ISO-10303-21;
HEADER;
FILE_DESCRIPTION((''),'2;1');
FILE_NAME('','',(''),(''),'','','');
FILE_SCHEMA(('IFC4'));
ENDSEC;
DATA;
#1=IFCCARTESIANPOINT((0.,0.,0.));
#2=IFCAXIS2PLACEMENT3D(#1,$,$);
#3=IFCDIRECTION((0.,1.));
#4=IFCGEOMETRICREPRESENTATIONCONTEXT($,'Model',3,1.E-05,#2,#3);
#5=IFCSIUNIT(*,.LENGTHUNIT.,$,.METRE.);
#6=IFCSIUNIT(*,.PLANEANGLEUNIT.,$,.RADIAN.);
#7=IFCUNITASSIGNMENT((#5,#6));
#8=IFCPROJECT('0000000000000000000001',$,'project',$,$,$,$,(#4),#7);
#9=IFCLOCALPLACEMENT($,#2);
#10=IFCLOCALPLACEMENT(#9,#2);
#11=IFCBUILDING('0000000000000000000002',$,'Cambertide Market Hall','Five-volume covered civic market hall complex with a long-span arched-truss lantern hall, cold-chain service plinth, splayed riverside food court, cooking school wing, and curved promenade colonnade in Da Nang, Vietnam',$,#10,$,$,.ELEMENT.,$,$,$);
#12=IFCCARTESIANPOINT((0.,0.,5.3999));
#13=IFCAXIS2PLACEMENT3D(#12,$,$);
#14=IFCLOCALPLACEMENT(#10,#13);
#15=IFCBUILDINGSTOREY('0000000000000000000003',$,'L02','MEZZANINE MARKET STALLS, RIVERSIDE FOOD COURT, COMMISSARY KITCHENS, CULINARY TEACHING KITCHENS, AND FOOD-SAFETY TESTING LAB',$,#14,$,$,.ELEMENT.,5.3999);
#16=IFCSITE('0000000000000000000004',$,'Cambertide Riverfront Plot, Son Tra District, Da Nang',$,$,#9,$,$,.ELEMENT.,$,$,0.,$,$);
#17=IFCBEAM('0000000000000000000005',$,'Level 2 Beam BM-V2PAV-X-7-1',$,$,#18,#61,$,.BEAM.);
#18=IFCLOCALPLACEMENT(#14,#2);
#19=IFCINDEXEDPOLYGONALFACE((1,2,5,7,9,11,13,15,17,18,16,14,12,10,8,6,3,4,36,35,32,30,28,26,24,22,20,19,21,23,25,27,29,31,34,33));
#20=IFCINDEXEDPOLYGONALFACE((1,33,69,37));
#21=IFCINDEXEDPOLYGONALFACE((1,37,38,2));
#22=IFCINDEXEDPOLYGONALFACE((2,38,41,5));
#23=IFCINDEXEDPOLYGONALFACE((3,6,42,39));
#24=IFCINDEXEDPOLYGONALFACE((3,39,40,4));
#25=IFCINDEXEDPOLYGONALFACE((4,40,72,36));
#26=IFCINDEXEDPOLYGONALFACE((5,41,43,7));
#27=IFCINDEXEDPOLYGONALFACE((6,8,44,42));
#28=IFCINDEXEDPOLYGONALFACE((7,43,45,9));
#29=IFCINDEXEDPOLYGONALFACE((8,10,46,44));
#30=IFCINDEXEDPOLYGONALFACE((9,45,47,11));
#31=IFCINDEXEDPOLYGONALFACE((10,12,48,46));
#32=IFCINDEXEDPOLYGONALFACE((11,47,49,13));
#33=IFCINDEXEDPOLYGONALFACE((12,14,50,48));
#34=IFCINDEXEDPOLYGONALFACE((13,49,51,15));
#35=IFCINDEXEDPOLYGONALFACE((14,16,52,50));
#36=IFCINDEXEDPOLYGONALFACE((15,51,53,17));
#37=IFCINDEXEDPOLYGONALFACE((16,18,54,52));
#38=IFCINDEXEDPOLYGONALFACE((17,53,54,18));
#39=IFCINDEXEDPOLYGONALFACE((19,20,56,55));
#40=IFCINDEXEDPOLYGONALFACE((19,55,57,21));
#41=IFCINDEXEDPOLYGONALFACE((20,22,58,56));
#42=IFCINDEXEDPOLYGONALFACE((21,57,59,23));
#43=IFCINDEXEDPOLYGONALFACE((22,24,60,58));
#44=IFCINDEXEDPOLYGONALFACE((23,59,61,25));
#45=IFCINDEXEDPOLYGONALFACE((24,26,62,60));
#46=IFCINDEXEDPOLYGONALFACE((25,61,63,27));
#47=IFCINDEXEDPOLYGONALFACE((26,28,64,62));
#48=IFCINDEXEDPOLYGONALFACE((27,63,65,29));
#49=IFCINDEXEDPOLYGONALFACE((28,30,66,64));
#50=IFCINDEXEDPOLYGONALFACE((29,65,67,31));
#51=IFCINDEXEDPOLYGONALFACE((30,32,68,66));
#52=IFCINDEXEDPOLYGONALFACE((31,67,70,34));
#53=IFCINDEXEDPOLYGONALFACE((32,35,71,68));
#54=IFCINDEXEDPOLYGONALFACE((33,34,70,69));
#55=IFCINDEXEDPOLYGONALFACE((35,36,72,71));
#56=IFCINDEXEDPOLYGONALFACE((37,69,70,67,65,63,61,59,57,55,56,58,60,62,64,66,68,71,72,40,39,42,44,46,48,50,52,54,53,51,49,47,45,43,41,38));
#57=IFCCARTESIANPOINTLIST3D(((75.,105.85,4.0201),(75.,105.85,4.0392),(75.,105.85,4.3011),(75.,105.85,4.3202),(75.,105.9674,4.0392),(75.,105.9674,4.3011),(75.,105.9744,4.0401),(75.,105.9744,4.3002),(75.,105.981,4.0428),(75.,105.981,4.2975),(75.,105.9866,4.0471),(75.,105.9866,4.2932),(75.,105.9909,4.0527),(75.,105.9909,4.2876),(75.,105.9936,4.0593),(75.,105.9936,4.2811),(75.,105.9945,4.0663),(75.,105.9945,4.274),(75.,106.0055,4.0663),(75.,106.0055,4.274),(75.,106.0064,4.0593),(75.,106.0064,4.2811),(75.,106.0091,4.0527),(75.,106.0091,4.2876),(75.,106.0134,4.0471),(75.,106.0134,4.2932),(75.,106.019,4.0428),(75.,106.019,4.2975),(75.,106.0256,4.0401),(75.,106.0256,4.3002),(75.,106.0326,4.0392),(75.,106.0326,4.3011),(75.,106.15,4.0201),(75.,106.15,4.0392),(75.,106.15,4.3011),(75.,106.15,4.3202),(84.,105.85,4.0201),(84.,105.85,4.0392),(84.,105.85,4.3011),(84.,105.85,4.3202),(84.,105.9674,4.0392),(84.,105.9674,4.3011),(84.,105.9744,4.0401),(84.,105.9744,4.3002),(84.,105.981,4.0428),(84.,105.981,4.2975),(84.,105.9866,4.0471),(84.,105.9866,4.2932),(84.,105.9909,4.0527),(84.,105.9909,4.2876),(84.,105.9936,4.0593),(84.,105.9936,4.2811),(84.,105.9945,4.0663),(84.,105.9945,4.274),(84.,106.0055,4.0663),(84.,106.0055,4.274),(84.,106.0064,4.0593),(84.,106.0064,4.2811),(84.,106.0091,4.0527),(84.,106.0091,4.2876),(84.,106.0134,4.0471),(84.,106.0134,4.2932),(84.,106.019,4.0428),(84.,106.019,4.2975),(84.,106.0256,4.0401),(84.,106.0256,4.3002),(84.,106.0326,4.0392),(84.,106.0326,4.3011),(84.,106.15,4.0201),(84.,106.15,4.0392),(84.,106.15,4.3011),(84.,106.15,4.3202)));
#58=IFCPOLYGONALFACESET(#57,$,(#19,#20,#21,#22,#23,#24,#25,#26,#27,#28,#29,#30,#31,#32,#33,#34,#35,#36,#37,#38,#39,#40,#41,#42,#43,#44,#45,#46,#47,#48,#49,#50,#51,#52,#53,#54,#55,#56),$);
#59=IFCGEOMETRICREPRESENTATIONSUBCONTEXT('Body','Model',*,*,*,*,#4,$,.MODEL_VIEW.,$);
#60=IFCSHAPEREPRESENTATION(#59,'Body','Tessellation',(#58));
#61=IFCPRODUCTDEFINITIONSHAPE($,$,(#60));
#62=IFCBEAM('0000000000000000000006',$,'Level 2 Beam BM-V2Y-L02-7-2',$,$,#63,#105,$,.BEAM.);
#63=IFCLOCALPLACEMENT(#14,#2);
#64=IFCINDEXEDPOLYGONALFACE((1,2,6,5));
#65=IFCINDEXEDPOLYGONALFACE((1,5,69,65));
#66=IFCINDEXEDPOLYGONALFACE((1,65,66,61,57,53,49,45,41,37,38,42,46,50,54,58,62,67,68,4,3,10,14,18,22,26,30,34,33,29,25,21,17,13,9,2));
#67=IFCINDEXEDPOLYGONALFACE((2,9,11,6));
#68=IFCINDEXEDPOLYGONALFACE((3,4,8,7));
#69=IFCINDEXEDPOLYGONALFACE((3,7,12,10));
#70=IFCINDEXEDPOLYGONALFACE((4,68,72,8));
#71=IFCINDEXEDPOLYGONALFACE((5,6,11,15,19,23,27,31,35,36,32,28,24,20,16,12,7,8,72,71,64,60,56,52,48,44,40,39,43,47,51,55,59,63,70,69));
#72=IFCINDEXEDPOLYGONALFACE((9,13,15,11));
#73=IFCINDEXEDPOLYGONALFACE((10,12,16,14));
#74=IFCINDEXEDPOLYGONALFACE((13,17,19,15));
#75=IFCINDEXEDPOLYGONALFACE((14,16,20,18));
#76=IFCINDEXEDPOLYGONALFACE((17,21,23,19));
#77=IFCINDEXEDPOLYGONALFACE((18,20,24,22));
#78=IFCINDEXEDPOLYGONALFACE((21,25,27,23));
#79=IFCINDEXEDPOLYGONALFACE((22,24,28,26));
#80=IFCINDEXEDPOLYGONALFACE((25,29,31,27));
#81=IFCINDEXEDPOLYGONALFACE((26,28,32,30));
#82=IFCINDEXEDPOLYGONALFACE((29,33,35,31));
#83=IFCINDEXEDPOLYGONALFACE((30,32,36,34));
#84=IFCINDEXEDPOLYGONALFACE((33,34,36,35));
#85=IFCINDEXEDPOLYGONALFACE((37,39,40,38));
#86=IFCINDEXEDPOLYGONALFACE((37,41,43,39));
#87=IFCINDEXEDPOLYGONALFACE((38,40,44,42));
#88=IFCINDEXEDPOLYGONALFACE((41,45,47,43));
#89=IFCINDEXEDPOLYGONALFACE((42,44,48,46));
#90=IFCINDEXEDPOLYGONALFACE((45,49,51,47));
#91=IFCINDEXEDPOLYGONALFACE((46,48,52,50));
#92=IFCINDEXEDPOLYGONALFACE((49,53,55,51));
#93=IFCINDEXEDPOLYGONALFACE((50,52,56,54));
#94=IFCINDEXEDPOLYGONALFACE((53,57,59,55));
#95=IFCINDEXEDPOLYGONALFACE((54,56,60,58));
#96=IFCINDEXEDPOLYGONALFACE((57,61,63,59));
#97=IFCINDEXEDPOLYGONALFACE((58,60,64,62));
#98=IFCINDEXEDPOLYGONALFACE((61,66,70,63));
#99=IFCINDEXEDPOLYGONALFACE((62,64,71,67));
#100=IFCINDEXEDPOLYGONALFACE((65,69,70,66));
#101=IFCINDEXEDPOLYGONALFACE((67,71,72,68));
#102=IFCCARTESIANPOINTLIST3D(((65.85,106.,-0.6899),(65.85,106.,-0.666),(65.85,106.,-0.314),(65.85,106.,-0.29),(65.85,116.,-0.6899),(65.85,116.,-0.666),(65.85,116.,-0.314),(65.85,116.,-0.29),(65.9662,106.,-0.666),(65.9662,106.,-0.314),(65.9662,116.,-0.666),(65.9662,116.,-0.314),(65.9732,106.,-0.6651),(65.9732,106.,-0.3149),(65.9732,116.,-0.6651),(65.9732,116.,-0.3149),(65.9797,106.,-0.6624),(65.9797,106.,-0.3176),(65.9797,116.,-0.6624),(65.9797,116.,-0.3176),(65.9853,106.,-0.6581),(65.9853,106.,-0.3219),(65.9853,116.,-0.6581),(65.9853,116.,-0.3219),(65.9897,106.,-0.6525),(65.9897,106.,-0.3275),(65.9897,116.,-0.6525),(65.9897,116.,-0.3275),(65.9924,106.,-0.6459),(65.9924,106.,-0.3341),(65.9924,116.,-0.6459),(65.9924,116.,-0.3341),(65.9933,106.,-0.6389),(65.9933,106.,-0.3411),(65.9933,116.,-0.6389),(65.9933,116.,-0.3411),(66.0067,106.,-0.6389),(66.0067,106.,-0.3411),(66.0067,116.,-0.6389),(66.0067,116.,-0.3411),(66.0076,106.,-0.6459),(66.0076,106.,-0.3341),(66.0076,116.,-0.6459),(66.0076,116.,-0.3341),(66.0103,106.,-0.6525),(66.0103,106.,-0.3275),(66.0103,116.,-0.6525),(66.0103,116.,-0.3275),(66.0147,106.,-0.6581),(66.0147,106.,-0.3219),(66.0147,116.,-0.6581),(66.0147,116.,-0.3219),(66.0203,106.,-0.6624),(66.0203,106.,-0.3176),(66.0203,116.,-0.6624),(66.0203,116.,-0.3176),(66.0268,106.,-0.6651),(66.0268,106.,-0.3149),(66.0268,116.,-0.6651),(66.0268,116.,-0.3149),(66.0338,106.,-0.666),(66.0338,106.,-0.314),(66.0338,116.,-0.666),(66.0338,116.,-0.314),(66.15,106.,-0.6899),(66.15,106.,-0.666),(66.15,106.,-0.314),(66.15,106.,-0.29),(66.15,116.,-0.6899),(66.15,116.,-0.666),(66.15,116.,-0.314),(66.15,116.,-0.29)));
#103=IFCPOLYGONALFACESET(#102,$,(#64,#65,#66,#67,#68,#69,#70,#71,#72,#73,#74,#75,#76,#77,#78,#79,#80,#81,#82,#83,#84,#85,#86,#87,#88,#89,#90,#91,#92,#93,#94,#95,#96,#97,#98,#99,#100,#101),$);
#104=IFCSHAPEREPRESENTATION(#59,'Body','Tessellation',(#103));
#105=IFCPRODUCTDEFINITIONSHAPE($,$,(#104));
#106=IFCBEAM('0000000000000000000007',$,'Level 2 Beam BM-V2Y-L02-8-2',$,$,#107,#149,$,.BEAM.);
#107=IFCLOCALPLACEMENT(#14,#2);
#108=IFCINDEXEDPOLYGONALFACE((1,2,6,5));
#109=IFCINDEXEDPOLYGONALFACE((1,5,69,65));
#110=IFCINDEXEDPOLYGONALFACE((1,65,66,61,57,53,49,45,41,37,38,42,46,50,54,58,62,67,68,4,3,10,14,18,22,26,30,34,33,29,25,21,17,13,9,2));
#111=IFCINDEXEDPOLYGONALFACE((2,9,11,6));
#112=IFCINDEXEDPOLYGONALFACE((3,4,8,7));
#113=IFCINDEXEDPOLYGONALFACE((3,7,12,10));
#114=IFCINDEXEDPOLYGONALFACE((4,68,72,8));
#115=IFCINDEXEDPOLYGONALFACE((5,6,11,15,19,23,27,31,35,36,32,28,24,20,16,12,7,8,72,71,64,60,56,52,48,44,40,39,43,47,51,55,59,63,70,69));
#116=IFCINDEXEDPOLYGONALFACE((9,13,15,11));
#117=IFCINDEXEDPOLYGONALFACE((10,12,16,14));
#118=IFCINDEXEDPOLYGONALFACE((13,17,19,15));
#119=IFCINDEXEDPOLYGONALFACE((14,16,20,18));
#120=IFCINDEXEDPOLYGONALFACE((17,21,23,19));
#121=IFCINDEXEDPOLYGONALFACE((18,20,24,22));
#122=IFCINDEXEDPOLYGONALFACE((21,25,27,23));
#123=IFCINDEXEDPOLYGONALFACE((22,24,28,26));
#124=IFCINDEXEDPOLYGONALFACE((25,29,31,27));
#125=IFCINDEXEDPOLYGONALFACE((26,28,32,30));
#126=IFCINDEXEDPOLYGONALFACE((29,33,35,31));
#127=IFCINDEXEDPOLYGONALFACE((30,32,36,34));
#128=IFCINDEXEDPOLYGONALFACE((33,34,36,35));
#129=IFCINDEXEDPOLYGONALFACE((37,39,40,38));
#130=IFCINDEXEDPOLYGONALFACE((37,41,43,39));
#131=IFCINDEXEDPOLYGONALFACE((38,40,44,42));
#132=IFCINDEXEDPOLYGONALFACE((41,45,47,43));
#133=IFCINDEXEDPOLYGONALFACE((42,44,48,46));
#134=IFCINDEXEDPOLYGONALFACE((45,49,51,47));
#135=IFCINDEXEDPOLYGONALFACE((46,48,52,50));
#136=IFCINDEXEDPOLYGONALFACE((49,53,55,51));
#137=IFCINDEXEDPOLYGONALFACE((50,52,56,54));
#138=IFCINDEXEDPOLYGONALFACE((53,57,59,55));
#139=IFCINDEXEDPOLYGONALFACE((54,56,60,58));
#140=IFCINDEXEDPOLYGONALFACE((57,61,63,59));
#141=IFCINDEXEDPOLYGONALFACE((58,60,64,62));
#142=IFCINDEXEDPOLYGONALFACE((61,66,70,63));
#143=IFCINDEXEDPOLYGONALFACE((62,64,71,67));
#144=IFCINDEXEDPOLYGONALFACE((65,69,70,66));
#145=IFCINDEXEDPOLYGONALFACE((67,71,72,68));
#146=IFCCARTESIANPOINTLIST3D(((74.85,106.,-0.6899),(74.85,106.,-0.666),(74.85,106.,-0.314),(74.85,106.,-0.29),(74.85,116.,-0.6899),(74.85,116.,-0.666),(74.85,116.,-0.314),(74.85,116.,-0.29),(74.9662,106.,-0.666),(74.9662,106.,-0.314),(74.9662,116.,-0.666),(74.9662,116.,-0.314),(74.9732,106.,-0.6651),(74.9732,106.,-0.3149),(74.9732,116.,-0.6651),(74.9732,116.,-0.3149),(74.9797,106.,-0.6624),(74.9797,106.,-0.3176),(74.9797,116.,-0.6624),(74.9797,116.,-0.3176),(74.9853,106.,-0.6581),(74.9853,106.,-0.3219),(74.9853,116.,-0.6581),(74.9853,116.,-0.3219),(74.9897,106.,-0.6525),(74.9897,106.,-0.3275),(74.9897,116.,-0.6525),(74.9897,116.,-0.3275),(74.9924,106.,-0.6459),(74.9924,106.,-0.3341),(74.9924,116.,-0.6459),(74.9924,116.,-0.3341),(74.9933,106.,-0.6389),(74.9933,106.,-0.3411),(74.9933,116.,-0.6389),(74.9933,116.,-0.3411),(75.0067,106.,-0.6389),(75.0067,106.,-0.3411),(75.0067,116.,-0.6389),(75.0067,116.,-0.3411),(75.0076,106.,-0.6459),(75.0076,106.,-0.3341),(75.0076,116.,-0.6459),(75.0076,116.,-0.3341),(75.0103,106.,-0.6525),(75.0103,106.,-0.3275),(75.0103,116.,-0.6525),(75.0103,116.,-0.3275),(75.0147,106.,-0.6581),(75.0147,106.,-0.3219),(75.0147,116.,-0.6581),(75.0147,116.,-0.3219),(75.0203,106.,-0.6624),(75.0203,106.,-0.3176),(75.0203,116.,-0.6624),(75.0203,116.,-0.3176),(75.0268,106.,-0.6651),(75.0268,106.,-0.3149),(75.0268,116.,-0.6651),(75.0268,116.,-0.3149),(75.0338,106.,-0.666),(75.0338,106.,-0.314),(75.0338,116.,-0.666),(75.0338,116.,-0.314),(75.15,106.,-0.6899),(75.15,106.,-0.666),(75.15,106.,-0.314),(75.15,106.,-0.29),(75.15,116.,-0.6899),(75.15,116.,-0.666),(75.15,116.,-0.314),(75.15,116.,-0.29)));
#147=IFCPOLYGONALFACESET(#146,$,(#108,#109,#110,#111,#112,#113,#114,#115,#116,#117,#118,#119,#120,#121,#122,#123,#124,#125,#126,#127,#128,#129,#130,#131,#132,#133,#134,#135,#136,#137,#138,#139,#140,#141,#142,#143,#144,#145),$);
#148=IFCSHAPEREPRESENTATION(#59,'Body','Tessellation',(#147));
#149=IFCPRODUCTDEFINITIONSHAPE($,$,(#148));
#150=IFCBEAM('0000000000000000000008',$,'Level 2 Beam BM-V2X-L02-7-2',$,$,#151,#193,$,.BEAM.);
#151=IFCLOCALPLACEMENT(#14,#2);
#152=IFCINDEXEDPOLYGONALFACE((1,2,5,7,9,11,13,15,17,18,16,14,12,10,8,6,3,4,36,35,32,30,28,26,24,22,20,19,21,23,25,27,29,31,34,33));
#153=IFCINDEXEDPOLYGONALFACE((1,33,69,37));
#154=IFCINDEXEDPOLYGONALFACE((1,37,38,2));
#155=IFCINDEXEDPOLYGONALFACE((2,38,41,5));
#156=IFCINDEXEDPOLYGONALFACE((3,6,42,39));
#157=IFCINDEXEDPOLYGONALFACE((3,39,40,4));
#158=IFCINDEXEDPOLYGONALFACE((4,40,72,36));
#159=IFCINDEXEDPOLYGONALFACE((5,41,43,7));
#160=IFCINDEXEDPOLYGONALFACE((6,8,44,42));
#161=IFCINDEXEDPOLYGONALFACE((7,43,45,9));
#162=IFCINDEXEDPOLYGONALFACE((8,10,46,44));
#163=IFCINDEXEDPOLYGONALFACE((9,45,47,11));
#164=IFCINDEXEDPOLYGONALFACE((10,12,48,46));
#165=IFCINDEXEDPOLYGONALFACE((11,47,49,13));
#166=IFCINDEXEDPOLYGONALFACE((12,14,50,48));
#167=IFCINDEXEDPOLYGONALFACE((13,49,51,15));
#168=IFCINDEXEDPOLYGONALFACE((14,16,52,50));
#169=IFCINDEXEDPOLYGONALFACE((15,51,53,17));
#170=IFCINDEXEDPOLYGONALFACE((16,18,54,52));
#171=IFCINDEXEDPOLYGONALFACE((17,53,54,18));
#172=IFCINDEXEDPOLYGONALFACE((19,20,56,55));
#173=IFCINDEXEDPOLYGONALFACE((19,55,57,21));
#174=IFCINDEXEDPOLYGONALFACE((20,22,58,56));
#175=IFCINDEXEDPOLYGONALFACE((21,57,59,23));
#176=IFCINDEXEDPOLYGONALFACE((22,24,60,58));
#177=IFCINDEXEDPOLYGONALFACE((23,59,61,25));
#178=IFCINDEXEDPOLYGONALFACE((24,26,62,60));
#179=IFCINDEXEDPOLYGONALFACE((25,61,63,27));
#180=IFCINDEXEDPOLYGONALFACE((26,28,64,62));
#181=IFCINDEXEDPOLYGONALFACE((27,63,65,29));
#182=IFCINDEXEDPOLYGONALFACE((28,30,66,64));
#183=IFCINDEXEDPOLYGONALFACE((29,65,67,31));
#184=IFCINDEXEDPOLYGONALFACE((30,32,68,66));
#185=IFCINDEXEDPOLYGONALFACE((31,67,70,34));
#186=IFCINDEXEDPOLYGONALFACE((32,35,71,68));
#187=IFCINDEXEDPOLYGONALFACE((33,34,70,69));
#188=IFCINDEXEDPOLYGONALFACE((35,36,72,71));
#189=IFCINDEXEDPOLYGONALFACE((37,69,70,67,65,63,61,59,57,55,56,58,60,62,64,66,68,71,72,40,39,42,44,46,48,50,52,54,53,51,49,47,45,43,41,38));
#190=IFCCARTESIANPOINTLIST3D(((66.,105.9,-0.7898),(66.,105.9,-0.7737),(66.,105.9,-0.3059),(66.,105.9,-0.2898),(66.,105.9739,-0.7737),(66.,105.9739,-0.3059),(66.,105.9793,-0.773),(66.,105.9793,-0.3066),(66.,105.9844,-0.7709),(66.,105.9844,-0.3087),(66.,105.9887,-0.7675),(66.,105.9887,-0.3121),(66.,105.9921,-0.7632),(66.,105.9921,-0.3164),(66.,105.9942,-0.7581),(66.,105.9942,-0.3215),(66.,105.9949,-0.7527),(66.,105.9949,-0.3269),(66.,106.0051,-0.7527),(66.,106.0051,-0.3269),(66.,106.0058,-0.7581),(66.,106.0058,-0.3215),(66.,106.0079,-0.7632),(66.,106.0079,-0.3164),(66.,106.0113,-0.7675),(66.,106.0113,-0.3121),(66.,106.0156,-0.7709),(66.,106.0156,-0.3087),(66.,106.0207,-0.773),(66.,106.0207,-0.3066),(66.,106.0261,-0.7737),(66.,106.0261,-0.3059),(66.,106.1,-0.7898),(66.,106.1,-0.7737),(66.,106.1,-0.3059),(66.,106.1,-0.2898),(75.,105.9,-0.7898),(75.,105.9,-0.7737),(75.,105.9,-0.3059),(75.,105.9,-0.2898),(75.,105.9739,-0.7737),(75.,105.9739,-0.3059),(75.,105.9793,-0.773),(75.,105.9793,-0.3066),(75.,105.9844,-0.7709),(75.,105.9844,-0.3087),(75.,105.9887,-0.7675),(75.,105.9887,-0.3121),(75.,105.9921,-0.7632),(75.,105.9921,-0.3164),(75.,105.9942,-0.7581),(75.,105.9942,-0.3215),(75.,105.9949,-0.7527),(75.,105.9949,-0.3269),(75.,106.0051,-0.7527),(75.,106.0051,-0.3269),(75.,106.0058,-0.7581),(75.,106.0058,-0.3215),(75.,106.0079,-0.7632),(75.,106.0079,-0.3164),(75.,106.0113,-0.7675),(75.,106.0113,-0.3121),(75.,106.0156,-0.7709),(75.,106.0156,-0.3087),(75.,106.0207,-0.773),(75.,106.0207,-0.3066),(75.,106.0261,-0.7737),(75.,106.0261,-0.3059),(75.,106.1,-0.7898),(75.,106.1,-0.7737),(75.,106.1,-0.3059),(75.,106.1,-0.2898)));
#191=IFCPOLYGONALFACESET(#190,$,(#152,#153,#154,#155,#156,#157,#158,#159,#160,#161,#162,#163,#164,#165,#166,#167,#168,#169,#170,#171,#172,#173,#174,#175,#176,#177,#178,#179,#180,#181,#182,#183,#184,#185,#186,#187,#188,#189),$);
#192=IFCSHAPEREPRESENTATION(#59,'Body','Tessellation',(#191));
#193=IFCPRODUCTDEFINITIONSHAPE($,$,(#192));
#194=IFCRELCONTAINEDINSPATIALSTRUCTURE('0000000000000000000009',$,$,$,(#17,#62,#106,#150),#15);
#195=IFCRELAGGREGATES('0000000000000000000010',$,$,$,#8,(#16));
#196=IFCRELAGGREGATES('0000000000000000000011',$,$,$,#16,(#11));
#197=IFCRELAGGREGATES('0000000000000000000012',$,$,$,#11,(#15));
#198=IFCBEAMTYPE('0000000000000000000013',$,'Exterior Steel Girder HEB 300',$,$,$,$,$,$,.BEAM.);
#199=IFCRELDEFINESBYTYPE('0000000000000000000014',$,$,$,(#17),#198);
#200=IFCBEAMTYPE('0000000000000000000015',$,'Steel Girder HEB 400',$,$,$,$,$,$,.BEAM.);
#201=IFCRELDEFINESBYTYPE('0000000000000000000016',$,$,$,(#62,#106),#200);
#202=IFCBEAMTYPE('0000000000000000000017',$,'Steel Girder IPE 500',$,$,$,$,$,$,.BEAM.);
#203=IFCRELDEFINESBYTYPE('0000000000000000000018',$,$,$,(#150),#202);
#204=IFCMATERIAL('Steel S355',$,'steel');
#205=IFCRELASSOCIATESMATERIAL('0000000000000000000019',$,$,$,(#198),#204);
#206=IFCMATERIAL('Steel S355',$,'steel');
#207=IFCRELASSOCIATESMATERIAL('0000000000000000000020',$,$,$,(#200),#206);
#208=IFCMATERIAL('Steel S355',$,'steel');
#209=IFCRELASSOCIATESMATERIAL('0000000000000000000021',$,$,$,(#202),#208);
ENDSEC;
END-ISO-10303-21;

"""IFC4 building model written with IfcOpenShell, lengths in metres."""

from ifc_helpers import new_model, si_unit, direction, frame, origin, origin_2d, place, context, subcontext, project, spatial, i_section, extrude, material, material_profile, profile_set, type_object, element, save


model = new_model("IFC4")

# Units and contexts
model_context = context("Model", 3, precision=1e-05, world=origin(), true_north=direction((0.0, 1.0)))
body_context = subcontext(model_context, "Body", "Model", "MODEL_VIEW")
ifc_project = project(units=[si_unit("LENGTHUNIT", "METRE"), si_unit("PLANEANGLEUNIT", "RADIAN")], contexts=[model_context])

# Site, building, storey
site_placement = place(None, origin())
site = spatial("IfcSite", under=ifc_project, at=site_placement, Name="Cambertide Riverfront Plot, Son Tra District, Da Nang", CompositionType="ELEMENT", RefElevation=0.0)
building_placement = place(site_placement, origin())
building = spatial("IfcBuilding", under=site, at=building_placement, Name="Cambertide Market Hall", Description="Five-volume covered civic market hall complex with a long-span arched-truss lantern hall, cold-chain service plinth, splayed riverside food court, cooking school wing, and curved promenade colonnade in Da Nang, Vietnam", CompositionType="ELEMENT")
storey_placement = place(building_placement, frame((0.0, 0.0, 5.3999)))
storey = spatial("IfcBuildingStorey", under=building, at=storey_placement, Name="L02", Description="MEZZANINE MARKET STALLS, RIVERSIDE FOOD COURT, COMMISSARY KITCHENS, CULINARY TEACHING KITCHENS, AND FOOD-SAFETY TESTING LAB", CompositionType="ELEMENT", Elevation=5.3999)

# Beams
ifc_material_1 = material(Name="Steel S355", Category="steel")
ifc_material_profile_1 = material_profile(ifc_material_1, i_section(OverallWidth=0.3, OverallDepth=0.3, WebThickness=0.011, FlangeThickness=0.019, FilletRadius=0.0271, at=origin_2d()), Name="HEB 300")
ifc_profile_set_1 = profile_set([ifc_material_profile_1], Name="Steel S355")
beam_type_1 = type_object("IfcBeamType", Name="Exterior Steel Girder HEB 300", PredefinedType="BEAM", material=ifc_profile_set_1)
for number, where, z_axis, x_axis, name in (
    (1, (75.0, 106.0, 4.1702), (1.0, 0.0, 0.0), (0.0, 1.0, 0.0), "Level 2 Beam BM-V2PAV-X-7-1"),
):
    element("IfcBeam", number, at=place(storey_placement, frame(where, z_axis=z_axis, x_axis=x_axis)), inside=storey, type_object=beam_type_1, Name=name, PredefinedType="BEAM", context=body_context, shape_type="SweptSolid", body=[
        extrude(i_section(OverallWidth=0.3, OverallDepth=0.3, WebThickness=0.011, FlangeThickness=0.019, FilletRadius=0.0271, at=origin_2d()), origin(), (0.0, 0.0, 1.0), 9.0),
    ])
ifc_material_2 = material(Name="Steel S355", Category="steel")
ifc_material_profile_2 = material_profile(ifc_material_2, i_section(OverallWidth=0.3, OverallDepth=0.3999, WebThickness=0.0134, FlangeThickness=0.0239, FilletRadius=0.0271, at=origin_2d()), Name="HEB 400")
ifc_profile_set_2 = profile_set([ifc_material_profile_2], Name="Steel S355")
beam_type_2 = type_object("IfcBeamType", Name="Steel Girder HEB 400", PredefinedType="BEAM", material=ifc_profile_set_2)
for number, where, z_axis, x_axis, name in (
    (2, (66.0, 106.0, -0.49), (0.0, 1.0, 0.0), (-1.0, 0.0, 0.0), "Level 2 Beam BM-V2Y-L02-7-2"),
    (3, (75.0, 106.0, -0.49), (0.0, 1.0, 0.0), (-1.0, 0.0, 0.0), "Level 2 Beam BM-V2Y-L02-8-2"),
):
    element("IfcBeam", number, at=place(storey_placement, frame(where, z_axis=z_axis, x_axis=x_axis)), inside=storey, type_object=beam_type_2, Name=name, PredefinedType="BEAM", context=body_context, shape_type="SweptSolid", body=[
        extrude(i_section(OverallWidth=0.3, OverallDepth=0.3999, WebThickness=0.0134, FlangeThickness=0.0239, FilletRadius=0.0271, at=origin_2d()), origin(), (0.0, 0.0, 1.0), 10.0),
    ])
ifc_material_3 = material(Name="Steel S355", Category="steel")
ifc_material_profile_3 = material_profile(ifc_material_3, i_section(OverallWidth=0.2, OverallDepth=0.5, WebThickness=0.0103, FlangeThickness=0.0161, FilletRadius=0.021, at=origin_2d()), Name="IPE 500")
ifc_profile_set_3 = profile_set([ifc_material_profile_3], Name="Steel S355")
beam_type_3 = type_object("IfcBeamType", Name="Steel Girder IPE 500", PredefinedType="BEAM", material=ifc_profile_set_3)
for number, where, z_axis, x_axis, name in (
    (4, (66.0, 106.0, -0.5398), (1.0, 0.0, 0.0), (0.0, 1.0, 0.0), "Level 2 Beam BM-V2X-L02-7-2"),
):
    element("IfcBeam", number, at=place(storey_placement, frame(where, z_axis=z_axis, x_axis=x_axis)), inside=storey, type_object=beam_type_3, Name=name, PredefinedType="BEAM", context=body_context, shape_type="SweptSolid", body=[
        extrude(i_section(OverallWidth=0.2, OverallDepth=0.5, WebThickness=0.0103, FlangeThickness=0.0161, FilletRadius=0.021, at=origin_2d()), origin(), (0.0, 0.0, 1.0), 9.0),
    ])

save(model, "model.ifc")
